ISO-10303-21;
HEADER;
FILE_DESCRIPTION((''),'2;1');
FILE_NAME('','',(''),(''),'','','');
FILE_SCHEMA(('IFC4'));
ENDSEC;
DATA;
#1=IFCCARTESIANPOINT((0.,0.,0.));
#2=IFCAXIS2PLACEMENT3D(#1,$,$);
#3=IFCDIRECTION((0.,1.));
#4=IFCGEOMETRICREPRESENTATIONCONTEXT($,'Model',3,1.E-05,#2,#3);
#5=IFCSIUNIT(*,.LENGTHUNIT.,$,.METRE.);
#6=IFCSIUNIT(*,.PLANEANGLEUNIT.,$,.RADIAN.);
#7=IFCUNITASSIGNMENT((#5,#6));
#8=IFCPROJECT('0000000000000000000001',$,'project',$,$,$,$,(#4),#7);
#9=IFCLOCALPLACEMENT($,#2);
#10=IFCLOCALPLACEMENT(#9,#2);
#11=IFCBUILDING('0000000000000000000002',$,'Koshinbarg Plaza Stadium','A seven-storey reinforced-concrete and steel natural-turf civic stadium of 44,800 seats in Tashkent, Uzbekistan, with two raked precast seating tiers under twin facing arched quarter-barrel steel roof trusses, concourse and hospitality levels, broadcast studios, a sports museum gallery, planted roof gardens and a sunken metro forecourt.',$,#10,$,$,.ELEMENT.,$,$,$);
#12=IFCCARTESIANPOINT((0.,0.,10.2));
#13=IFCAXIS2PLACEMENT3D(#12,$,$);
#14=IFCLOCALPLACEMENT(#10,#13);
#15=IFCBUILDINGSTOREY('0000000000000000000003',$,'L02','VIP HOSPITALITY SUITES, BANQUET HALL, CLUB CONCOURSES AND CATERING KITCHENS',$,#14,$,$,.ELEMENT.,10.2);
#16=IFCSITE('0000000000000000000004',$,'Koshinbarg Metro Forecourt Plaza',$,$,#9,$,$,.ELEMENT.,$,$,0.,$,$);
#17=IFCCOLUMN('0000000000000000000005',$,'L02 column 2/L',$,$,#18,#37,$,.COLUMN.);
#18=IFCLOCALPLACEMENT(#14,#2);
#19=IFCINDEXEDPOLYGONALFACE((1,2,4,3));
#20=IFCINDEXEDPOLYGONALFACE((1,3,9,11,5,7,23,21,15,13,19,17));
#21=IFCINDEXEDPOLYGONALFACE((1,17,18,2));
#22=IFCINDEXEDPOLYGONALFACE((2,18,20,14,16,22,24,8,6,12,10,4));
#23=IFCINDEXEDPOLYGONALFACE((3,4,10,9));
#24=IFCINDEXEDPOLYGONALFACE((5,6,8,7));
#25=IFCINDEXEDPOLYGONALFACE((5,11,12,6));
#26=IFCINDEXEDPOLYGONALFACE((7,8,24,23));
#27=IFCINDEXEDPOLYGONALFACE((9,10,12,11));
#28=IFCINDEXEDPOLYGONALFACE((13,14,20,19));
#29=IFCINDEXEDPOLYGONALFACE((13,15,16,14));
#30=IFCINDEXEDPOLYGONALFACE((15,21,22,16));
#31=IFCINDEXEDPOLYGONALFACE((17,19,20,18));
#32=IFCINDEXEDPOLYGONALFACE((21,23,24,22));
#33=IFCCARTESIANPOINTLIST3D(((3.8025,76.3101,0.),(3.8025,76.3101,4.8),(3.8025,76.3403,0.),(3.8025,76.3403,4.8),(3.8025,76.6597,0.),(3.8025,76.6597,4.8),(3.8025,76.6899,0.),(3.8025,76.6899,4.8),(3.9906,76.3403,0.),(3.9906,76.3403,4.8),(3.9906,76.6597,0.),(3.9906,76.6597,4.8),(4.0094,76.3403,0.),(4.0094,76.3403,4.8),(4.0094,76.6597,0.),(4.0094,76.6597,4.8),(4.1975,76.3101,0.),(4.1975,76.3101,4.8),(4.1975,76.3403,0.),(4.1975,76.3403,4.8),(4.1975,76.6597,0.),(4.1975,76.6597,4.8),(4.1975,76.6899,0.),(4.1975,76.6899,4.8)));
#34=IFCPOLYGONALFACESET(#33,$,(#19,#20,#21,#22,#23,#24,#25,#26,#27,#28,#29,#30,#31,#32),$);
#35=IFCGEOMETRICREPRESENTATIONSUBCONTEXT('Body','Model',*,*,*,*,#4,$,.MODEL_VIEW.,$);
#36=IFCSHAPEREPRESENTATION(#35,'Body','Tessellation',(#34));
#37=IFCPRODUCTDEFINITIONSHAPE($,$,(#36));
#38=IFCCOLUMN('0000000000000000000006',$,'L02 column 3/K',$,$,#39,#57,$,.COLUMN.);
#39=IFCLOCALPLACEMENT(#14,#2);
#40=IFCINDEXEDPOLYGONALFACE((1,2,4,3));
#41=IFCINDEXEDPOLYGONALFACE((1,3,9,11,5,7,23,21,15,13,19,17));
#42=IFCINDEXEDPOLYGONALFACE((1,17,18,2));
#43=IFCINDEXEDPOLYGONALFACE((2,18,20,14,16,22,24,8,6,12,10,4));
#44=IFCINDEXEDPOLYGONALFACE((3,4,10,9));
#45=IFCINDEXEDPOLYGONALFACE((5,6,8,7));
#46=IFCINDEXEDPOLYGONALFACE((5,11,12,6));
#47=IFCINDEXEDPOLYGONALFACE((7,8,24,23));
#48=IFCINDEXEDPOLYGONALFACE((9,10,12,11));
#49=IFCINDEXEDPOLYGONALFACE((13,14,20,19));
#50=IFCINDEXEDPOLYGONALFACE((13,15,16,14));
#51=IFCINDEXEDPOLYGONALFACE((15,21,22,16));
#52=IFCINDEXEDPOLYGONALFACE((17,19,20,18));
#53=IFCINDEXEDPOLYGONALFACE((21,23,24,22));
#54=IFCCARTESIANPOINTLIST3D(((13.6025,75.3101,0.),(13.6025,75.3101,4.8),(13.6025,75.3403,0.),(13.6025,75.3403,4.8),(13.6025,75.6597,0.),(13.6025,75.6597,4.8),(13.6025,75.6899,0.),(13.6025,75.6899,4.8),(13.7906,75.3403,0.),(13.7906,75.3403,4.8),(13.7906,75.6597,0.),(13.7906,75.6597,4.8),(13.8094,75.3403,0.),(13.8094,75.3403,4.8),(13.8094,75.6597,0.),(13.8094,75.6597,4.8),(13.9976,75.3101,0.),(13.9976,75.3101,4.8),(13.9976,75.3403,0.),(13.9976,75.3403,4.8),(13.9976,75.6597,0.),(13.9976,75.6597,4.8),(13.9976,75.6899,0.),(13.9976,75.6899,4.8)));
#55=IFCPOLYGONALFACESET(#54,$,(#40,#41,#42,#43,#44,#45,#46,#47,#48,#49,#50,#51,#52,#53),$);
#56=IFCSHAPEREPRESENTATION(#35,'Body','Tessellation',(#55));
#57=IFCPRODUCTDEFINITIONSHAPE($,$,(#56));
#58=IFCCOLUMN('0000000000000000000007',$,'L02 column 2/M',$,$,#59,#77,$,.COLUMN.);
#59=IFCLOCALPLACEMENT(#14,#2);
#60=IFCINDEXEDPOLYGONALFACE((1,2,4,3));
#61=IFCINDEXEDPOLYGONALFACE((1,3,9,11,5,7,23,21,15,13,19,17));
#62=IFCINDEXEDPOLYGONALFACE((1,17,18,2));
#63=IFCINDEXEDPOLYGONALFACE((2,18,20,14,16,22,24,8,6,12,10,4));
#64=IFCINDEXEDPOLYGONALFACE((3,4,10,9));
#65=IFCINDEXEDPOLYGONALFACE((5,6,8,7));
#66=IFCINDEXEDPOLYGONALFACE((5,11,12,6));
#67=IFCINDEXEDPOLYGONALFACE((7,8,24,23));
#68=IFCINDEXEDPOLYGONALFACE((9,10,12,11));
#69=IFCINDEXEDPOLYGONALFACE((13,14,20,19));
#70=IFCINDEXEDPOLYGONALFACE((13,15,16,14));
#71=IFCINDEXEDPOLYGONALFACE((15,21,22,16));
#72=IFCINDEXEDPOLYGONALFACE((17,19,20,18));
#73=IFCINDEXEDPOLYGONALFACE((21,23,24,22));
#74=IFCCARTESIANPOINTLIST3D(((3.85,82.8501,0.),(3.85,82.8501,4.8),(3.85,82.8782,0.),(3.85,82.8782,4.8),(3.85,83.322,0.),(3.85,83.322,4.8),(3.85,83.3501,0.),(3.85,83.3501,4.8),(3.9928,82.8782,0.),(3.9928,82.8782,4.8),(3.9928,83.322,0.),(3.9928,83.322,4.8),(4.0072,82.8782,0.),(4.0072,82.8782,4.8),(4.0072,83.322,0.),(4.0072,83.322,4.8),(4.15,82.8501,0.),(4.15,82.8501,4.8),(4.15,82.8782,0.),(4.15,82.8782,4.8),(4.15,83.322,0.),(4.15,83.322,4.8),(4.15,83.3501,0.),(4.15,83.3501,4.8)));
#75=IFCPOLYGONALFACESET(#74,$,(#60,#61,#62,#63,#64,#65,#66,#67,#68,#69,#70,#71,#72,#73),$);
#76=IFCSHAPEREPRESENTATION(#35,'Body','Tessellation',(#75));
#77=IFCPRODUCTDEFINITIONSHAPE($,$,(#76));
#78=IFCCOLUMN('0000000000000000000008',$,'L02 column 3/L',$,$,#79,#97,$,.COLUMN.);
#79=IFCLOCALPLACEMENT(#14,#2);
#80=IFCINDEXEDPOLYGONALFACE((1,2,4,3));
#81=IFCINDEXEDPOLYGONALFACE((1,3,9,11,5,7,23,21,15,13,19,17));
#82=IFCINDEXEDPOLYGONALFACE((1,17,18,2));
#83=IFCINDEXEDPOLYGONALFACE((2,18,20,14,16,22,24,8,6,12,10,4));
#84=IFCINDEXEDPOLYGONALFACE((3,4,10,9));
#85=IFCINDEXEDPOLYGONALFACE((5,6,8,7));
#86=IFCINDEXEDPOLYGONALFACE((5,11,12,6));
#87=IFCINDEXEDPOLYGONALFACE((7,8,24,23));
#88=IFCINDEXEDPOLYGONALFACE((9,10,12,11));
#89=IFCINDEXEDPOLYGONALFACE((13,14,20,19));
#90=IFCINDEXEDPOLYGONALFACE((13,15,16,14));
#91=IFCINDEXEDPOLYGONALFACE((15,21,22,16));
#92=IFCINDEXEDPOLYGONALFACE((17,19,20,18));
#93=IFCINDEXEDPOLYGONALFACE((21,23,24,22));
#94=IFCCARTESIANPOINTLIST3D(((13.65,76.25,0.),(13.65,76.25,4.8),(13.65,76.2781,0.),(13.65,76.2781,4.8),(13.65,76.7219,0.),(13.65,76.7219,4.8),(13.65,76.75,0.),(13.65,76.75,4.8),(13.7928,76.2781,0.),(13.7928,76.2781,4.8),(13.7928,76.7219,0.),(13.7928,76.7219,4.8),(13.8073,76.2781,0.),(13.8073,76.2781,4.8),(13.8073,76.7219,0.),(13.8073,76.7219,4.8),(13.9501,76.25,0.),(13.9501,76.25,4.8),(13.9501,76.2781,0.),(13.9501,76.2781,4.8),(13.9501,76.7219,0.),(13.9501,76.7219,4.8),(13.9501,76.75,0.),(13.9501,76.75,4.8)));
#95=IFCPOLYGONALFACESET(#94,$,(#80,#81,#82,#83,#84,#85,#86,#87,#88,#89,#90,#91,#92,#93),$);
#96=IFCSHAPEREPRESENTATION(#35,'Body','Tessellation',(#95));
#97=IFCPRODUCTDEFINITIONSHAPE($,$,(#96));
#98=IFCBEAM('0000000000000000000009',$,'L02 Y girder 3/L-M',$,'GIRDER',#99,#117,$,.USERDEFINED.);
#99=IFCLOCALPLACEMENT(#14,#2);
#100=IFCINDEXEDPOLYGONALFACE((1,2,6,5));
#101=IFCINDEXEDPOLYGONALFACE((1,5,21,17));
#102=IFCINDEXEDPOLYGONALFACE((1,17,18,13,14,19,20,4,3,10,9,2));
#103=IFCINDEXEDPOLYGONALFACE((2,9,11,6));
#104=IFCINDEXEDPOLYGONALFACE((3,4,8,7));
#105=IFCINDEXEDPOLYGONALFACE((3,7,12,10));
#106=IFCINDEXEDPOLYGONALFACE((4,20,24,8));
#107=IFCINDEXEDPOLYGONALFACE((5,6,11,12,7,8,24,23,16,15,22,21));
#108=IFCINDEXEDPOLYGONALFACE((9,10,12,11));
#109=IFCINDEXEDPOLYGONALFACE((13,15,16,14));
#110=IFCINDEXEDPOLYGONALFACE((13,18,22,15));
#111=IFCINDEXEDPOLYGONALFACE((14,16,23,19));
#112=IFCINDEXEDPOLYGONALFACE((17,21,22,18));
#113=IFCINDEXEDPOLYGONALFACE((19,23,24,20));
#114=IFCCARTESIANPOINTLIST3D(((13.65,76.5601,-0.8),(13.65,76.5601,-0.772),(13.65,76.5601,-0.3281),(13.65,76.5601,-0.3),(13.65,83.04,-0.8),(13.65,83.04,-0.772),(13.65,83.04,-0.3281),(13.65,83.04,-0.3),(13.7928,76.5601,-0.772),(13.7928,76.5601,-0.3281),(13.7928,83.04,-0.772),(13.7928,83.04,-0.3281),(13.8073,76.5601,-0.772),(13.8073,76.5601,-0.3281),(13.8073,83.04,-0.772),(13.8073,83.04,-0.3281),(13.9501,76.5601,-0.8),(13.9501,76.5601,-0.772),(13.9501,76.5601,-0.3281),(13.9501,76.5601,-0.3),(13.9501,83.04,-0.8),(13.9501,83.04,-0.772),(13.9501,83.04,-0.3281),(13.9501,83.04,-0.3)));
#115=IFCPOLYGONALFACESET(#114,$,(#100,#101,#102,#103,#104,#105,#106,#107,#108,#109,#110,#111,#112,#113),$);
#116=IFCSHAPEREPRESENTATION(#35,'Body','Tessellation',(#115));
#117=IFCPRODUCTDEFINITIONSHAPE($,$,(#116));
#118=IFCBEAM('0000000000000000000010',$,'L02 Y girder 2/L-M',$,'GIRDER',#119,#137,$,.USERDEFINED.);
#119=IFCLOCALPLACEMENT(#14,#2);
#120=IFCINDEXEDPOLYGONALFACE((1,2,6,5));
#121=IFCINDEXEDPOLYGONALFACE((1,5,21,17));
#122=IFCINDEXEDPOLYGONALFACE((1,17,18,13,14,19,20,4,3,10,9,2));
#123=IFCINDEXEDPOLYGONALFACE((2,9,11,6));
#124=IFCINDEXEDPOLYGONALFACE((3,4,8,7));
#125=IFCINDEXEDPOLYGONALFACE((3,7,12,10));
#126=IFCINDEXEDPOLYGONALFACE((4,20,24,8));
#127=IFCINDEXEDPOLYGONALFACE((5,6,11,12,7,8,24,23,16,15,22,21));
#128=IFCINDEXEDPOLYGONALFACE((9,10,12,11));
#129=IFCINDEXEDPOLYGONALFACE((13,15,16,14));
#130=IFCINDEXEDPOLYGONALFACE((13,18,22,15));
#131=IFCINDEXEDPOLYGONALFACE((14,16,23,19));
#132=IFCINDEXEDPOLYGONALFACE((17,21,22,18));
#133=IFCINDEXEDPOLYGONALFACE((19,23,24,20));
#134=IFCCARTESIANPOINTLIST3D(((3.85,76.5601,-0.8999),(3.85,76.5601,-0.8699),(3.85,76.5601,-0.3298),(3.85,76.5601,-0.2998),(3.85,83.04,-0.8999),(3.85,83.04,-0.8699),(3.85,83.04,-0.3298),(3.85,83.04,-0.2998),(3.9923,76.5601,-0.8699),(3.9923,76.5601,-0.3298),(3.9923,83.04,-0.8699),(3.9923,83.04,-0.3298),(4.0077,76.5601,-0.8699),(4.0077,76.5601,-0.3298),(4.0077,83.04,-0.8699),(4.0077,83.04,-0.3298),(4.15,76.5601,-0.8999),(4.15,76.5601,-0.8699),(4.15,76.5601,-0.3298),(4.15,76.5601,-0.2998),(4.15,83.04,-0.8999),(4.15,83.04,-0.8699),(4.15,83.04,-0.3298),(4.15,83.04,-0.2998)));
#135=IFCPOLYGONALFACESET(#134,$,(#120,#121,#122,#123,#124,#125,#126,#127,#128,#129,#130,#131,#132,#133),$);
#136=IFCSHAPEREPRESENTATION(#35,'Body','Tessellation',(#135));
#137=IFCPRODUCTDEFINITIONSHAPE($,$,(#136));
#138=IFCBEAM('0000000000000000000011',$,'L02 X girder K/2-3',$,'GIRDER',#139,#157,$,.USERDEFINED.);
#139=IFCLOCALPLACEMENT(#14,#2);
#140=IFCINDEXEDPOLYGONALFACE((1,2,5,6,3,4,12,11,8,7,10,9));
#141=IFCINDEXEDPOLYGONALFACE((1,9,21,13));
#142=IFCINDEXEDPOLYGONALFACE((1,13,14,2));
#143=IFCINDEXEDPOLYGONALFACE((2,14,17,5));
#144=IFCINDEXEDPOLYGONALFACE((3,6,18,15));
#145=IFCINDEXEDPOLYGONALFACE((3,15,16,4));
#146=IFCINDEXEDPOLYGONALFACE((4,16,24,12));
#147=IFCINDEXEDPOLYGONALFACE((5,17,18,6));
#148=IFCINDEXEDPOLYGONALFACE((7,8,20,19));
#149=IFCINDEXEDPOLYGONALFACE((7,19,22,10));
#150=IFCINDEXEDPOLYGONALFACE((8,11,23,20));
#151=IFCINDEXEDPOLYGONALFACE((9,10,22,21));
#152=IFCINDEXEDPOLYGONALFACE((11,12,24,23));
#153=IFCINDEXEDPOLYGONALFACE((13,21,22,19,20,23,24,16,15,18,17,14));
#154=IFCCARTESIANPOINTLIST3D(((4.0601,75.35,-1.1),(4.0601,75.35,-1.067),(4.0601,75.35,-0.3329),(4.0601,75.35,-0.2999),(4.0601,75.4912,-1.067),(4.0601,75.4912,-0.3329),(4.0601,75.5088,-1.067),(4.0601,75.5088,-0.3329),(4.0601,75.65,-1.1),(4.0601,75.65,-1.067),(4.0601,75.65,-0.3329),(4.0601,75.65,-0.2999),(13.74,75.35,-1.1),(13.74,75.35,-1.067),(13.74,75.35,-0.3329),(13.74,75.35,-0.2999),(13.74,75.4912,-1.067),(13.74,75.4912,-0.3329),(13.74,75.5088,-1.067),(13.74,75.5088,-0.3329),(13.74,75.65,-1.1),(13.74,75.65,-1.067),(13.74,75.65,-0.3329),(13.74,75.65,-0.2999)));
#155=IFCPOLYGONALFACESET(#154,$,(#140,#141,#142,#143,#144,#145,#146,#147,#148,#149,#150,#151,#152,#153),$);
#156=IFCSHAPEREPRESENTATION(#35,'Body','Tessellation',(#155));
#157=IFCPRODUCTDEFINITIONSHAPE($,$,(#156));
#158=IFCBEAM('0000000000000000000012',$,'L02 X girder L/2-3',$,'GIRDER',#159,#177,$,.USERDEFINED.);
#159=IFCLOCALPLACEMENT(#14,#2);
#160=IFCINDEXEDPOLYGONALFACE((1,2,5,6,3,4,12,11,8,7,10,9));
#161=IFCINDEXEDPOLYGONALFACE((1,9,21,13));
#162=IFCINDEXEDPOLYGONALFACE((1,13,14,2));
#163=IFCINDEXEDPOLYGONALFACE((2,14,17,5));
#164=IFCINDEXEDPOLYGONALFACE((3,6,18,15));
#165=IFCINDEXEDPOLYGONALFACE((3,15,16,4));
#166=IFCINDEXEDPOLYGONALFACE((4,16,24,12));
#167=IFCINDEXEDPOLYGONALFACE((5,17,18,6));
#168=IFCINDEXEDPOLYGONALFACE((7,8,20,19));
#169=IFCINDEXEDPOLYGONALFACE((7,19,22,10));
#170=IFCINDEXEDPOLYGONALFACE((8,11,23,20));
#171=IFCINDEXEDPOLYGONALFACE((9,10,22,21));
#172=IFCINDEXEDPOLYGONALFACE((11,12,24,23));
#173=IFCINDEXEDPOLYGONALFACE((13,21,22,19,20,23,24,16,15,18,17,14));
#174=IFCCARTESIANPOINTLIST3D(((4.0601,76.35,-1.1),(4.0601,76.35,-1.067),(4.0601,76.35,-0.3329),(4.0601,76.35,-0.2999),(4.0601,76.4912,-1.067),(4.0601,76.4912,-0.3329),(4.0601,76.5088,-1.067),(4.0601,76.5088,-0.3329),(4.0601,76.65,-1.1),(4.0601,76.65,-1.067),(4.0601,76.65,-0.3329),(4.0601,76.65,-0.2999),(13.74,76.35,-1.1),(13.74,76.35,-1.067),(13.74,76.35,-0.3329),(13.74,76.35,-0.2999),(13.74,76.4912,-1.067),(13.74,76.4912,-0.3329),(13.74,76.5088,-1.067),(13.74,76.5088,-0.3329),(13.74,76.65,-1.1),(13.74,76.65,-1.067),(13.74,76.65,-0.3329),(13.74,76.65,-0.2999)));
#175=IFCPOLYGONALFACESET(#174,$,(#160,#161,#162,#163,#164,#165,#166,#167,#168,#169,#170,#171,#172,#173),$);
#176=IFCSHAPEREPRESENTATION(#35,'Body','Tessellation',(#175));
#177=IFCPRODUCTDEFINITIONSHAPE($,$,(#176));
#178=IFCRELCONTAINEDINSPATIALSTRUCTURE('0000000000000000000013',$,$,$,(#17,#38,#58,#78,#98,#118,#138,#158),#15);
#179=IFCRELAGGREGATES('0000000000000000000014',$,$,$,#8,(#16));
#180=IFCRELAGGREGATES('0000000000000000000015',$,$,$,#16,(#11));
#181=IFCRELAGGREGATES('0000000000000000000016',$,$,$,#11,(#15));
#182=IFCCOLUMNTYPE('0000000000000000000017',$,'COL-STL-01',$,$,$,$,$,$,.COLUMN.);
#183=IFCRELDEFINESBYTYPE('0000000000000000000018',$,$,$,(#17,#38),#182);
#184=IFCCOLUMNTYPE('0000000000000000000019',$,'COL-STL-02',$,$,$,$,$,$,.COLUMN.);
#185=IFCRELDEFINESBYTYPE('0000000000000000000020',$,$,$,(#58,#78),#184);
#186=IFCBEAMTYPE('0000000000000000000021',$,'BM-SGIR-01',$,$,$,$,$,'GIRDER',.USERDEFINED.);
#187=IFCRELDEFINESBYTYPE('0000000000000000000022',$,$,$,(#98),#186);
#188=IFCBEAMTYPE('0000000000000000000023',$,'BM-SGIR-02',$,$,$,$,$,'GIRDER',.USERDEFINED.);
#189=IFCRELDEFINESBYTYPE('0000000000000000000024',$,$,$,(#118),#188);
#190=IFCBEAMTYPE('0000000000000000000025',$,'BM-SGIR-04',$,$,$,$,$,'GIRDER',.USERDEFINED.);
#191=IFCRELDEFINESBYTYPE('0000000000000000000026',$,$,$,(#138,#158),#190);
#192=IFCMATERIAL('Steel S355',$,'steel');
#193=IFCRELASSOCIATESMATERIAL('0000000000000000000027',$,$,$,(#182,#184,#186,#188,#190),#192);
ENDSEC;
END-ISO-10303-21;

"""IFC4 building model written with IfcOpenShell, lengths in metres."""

from ifc_helpers import new_model, si_unit, direction, frame, origin, origin_2d, place, context, subcontext, project, spatial, i_section, extrude, material, material_profile, profile_set, type_object, element, save


model = new_model("IFC4")

# Units and contexts
model_context = context("Model", 3, precision=1e-05, world=origin(), true_north=direction((0.0, 1.0)))
body_context = subcontext(model_context, "Body", "Model", "MODEL_VIEW")
ifc_project = project(units=[si_unit("LENGTHUNIT", "METRE"), si_unit("PLANEANGLEUNIT", "RADIAN")], contexts=[model_context])

# Site, building, storey
site_placement = place(None, origin())
site = spatial("IfcSite", under=ifc_project, at=site_placement, Name="Koshinbarg Metro Forecourt Plaza", CompositionType="ELEMENT", RefElevation=0.0)
building_placement = place(site_placement, origin())
building = spatial("IfcBuilding", under=site, at=building_placement, Name="Koshinbarg Plaza Stadium", Description="A seven-storey reinforced-concrete and steel natural-turf civic stadium of 44,800 seats in Tashkent, Uzbekistan, with two raked precast seating tiers under twin facing arched quarter-barrel steel roof trusses, concourse and hospitality levels, broadcast studios, a sports museum gallery, planted roof gardens and a sunken metro forecourt.", CompositionType="ELEMENT")
storey_placement = place(building_placement, frame((0.0, 0.0, 10.2)))
storey = spatial("IfcBuildingStorey", under=building, at=storey_placement, Name="L02", Description="VIP HOSPITALITY SUITES, BANQUET HALL, CLUB CONCOURSES AND CATERING KITCHENS", CompositionType="ELEMENT", Elevation=10.2)

# Columns
ifc_material_1 = material(Name="Steel S355", Category="steel")
ifc_material_profile_1 = material_profile(ifc_material_1, i_section(OverallWidth=0.395, OverallDepth=0.3799, WebThickness=0.0188, FlangeThickness=0.0303, at=origin_2d()), Name="HD 400x237")
ifc_profile_set_1 = profile_set([ifc_material_profile_1], Name="Steel S355")
column_type_1 = type_object("IfcColumnType", Name="COL-STL-01", PredefinedType="COLUMN", material=ifc_profile_set_1)
for number, where, z_axis, x_axis, name in (
    (1, (4.0, 76.5, 0.0), (0.0, 0.0, 1.0), (1.0, 0.0, 0.0), "L02 column 2/L"),
    (2, (13.8, 75.5, 0.0), (0.0, 0.0, 1.0), (1.0, 0.0, 0.0), "L02 column 3/K"),
):
    element("IfcColumn", number, at=place(storey_placement, frame(where, z_axis=z_axis, x_axis=x_axis)), inside=storey, type_object=column_type_1, Name=name, PredefinedType="COLUMN", context=body_context, shape_type="SweptSolid", body=[
        extrude(i_section(OverallWidth=0.395, OverallDepth=0.3799, WebThickness=0.0188, FlangeThickness=0.0303, at=origin_2d()), origin(), (0.0, 0.0, 1.0), 4.8),
    ])
ifc_material_profile_2 = material_profile(ifc_material_1, i_section(OverallWidth=0.3, OverallDepth=0.5, WebThickness=0.0144, FlangeThickness=0.0281, at=origin_2d()), Name="HEB 500")
ifc_profile_set_2 = profile_set([ifc_material_profile_2], Name="Steel S355")
column_type_2 = type_object("IfcColumnType", Name="COL-STL-02", PredefinedType="COLUMN", material=ifc_profile_set_2)
for number, where, z_axis, x_axis, name in (
    (3, (4.0, 83.1001, 0.0), (0.0, 0.0, 1.0), (1.0, 0.0, 0.0), "L02 column 2/M"),
    (4, (13.8, 76.5, 0.0), (0.0, 0.0, 1.0), (1.0, 0.0, 0.0), "L02 column 3/L"),
):
    element("IfcColumn", number, at=place(storey_placement, frame(where, z_axis=z_axis, x_axis=x_axis)), inside=storey, type_object=column_type_2, Name=name, PredefinedType="COLUMN", context=body_context, shape_type="SweptSolid", body=[
        extrude(i_section(OverallWidth=0.3, OverallDepth=0.5, WebThickness=0.0144, FlangeThickness=0.0281, at=origin_2d()), origin(), (0.0, 0.0, 1.0), 4.8),
    ])

# Beams
ifc_material_profile_3 = material_profile(ifc_material_1, i_section(OverallWidth=0.3, OverallDepth=0.5, WebThickness=0.0144, FlangeThickness=0.0281, at=origin_2d()), Name="HEB 500")
ifc_profile_set_3 = profile_set([ifc_material_profile_3], Name="Steel S355")
beam_type_1 = type_object("IfcBeamType", Name="BM-SGIR-01", ElementType="GIRDER", PredefinedType="USERDEFINED", material=ifc_profile_set_3)
beam_1_placement = place(storey_placement, frame((13.8, 76.5601, -0.55), z_axis=(0.0, 1.0, 0.0), x_axis=(-1.0, 0.0, 0.0)))
element("IfcBeam", 5, at=beam_1_placement, inside=storey, type_object=beam_type_1, Name="L02 Y girder 3/L-M", ObjectType="GIRDER", PredefinedType="USERDEFINED", context=body_context, shape_type="SweptSolid", body=[
    extrude(i_section(OverallWidth=0.3, OverallDepth=0.5, WebThickness=0.0144, FlangeThickness=0.0281, at=origin_2d()), origin(), (0.0, 0.0, 1.0), 6.48),
])
ifc_material_profile_4 = material_profile(ifc_material_1, i_section(OverallWidth=0.3, OverallDepth=0.6001, WebThickness=0.0154, FlangeThickness=0.03, at=origin_2d()), Name="HEB 600")
ifc_profile_set_4 = profile_set([ifc_material_profile_4], Name="Steel S355")
beam_type_2 = type_object("IfcBeamType", Name="BM-SGIR-02", ElementType="GIRDER", PredefinedType="USERDEFINED", material=ifc_profile_set_4)
beam_2_placement = place(storey_placement, frame((4.0, 76.5601, -0.5999), z_axis=(0.0, 1.0, 0.0), x_axis=(-1.0, 0.0, 0.0)))
element("IfcBeam", 6, at=beam_2_placement, inside=storey, type_object=beam_type_2, Name="L02 Y girder 2/L-M", ObjectType="GIRDER", PredefinedType="USERDEFINED", context=body_context, shape_type="SweptSolid", body=[
    extrude(i_section(OverallWidth=0.3, OverallDepth=0.6001, WebThickness=0.0154, FlangeThickness=0.03, at=origin_2d()), origin(), (0.0, 0.0, 1.0), 6.48),
])
ifc_material_profile_5 = material_profile(ifc_material_1, i_section(OverallWidth=0.3, OverallDepth=0.8, WebThickness=0.0176, FlangeThickness=0.033, at=origin_2d()), Name="HEB 800")
ifc_profile_set_5 = profile_set([ifc_material_profile_5], Name="Steel S355")
beam_type_3 = type_object("IfcBeamType", Name="BM-SGIR-04", ElementType="GIRDER", PredefinedType="USERDEFINED", material=ifc_profile_set_5)
for number, where, z_axis, x_axis, name in (
    (7, (4.0601, 75.5, -0.7), (1.0, 0.0, 0.0), (0.0, 1.0, 0.0), "L02 X girder K/2-3"),
    (8, (4.0601, 76.5, -0.7), (1.0, 0.0, 0.0), (0.0, 1.0, 0.0), "L02 X girder L/2-3"),
):
    element("IfcBeam", number, at=place(storey_placement, frame(where, z_axis=z_axis, x_axis=x_axis)), inside=storey, type_object=beam_type_3, Name=name, ObjectType="GIRDER", PredefinedType="USERDEFINED", context=body_context, shape_type="SweptSolid", body=[
        extrude(i_section(OverallWidth=0.3, OverallDepth=0.8, WebThickness=0.0176, FlangeThickness=0.033, at=origin_2d()), origin(), (0.0, 0.0, 1.0), 9.6799),
    ])

save(model, "model.ifc")
